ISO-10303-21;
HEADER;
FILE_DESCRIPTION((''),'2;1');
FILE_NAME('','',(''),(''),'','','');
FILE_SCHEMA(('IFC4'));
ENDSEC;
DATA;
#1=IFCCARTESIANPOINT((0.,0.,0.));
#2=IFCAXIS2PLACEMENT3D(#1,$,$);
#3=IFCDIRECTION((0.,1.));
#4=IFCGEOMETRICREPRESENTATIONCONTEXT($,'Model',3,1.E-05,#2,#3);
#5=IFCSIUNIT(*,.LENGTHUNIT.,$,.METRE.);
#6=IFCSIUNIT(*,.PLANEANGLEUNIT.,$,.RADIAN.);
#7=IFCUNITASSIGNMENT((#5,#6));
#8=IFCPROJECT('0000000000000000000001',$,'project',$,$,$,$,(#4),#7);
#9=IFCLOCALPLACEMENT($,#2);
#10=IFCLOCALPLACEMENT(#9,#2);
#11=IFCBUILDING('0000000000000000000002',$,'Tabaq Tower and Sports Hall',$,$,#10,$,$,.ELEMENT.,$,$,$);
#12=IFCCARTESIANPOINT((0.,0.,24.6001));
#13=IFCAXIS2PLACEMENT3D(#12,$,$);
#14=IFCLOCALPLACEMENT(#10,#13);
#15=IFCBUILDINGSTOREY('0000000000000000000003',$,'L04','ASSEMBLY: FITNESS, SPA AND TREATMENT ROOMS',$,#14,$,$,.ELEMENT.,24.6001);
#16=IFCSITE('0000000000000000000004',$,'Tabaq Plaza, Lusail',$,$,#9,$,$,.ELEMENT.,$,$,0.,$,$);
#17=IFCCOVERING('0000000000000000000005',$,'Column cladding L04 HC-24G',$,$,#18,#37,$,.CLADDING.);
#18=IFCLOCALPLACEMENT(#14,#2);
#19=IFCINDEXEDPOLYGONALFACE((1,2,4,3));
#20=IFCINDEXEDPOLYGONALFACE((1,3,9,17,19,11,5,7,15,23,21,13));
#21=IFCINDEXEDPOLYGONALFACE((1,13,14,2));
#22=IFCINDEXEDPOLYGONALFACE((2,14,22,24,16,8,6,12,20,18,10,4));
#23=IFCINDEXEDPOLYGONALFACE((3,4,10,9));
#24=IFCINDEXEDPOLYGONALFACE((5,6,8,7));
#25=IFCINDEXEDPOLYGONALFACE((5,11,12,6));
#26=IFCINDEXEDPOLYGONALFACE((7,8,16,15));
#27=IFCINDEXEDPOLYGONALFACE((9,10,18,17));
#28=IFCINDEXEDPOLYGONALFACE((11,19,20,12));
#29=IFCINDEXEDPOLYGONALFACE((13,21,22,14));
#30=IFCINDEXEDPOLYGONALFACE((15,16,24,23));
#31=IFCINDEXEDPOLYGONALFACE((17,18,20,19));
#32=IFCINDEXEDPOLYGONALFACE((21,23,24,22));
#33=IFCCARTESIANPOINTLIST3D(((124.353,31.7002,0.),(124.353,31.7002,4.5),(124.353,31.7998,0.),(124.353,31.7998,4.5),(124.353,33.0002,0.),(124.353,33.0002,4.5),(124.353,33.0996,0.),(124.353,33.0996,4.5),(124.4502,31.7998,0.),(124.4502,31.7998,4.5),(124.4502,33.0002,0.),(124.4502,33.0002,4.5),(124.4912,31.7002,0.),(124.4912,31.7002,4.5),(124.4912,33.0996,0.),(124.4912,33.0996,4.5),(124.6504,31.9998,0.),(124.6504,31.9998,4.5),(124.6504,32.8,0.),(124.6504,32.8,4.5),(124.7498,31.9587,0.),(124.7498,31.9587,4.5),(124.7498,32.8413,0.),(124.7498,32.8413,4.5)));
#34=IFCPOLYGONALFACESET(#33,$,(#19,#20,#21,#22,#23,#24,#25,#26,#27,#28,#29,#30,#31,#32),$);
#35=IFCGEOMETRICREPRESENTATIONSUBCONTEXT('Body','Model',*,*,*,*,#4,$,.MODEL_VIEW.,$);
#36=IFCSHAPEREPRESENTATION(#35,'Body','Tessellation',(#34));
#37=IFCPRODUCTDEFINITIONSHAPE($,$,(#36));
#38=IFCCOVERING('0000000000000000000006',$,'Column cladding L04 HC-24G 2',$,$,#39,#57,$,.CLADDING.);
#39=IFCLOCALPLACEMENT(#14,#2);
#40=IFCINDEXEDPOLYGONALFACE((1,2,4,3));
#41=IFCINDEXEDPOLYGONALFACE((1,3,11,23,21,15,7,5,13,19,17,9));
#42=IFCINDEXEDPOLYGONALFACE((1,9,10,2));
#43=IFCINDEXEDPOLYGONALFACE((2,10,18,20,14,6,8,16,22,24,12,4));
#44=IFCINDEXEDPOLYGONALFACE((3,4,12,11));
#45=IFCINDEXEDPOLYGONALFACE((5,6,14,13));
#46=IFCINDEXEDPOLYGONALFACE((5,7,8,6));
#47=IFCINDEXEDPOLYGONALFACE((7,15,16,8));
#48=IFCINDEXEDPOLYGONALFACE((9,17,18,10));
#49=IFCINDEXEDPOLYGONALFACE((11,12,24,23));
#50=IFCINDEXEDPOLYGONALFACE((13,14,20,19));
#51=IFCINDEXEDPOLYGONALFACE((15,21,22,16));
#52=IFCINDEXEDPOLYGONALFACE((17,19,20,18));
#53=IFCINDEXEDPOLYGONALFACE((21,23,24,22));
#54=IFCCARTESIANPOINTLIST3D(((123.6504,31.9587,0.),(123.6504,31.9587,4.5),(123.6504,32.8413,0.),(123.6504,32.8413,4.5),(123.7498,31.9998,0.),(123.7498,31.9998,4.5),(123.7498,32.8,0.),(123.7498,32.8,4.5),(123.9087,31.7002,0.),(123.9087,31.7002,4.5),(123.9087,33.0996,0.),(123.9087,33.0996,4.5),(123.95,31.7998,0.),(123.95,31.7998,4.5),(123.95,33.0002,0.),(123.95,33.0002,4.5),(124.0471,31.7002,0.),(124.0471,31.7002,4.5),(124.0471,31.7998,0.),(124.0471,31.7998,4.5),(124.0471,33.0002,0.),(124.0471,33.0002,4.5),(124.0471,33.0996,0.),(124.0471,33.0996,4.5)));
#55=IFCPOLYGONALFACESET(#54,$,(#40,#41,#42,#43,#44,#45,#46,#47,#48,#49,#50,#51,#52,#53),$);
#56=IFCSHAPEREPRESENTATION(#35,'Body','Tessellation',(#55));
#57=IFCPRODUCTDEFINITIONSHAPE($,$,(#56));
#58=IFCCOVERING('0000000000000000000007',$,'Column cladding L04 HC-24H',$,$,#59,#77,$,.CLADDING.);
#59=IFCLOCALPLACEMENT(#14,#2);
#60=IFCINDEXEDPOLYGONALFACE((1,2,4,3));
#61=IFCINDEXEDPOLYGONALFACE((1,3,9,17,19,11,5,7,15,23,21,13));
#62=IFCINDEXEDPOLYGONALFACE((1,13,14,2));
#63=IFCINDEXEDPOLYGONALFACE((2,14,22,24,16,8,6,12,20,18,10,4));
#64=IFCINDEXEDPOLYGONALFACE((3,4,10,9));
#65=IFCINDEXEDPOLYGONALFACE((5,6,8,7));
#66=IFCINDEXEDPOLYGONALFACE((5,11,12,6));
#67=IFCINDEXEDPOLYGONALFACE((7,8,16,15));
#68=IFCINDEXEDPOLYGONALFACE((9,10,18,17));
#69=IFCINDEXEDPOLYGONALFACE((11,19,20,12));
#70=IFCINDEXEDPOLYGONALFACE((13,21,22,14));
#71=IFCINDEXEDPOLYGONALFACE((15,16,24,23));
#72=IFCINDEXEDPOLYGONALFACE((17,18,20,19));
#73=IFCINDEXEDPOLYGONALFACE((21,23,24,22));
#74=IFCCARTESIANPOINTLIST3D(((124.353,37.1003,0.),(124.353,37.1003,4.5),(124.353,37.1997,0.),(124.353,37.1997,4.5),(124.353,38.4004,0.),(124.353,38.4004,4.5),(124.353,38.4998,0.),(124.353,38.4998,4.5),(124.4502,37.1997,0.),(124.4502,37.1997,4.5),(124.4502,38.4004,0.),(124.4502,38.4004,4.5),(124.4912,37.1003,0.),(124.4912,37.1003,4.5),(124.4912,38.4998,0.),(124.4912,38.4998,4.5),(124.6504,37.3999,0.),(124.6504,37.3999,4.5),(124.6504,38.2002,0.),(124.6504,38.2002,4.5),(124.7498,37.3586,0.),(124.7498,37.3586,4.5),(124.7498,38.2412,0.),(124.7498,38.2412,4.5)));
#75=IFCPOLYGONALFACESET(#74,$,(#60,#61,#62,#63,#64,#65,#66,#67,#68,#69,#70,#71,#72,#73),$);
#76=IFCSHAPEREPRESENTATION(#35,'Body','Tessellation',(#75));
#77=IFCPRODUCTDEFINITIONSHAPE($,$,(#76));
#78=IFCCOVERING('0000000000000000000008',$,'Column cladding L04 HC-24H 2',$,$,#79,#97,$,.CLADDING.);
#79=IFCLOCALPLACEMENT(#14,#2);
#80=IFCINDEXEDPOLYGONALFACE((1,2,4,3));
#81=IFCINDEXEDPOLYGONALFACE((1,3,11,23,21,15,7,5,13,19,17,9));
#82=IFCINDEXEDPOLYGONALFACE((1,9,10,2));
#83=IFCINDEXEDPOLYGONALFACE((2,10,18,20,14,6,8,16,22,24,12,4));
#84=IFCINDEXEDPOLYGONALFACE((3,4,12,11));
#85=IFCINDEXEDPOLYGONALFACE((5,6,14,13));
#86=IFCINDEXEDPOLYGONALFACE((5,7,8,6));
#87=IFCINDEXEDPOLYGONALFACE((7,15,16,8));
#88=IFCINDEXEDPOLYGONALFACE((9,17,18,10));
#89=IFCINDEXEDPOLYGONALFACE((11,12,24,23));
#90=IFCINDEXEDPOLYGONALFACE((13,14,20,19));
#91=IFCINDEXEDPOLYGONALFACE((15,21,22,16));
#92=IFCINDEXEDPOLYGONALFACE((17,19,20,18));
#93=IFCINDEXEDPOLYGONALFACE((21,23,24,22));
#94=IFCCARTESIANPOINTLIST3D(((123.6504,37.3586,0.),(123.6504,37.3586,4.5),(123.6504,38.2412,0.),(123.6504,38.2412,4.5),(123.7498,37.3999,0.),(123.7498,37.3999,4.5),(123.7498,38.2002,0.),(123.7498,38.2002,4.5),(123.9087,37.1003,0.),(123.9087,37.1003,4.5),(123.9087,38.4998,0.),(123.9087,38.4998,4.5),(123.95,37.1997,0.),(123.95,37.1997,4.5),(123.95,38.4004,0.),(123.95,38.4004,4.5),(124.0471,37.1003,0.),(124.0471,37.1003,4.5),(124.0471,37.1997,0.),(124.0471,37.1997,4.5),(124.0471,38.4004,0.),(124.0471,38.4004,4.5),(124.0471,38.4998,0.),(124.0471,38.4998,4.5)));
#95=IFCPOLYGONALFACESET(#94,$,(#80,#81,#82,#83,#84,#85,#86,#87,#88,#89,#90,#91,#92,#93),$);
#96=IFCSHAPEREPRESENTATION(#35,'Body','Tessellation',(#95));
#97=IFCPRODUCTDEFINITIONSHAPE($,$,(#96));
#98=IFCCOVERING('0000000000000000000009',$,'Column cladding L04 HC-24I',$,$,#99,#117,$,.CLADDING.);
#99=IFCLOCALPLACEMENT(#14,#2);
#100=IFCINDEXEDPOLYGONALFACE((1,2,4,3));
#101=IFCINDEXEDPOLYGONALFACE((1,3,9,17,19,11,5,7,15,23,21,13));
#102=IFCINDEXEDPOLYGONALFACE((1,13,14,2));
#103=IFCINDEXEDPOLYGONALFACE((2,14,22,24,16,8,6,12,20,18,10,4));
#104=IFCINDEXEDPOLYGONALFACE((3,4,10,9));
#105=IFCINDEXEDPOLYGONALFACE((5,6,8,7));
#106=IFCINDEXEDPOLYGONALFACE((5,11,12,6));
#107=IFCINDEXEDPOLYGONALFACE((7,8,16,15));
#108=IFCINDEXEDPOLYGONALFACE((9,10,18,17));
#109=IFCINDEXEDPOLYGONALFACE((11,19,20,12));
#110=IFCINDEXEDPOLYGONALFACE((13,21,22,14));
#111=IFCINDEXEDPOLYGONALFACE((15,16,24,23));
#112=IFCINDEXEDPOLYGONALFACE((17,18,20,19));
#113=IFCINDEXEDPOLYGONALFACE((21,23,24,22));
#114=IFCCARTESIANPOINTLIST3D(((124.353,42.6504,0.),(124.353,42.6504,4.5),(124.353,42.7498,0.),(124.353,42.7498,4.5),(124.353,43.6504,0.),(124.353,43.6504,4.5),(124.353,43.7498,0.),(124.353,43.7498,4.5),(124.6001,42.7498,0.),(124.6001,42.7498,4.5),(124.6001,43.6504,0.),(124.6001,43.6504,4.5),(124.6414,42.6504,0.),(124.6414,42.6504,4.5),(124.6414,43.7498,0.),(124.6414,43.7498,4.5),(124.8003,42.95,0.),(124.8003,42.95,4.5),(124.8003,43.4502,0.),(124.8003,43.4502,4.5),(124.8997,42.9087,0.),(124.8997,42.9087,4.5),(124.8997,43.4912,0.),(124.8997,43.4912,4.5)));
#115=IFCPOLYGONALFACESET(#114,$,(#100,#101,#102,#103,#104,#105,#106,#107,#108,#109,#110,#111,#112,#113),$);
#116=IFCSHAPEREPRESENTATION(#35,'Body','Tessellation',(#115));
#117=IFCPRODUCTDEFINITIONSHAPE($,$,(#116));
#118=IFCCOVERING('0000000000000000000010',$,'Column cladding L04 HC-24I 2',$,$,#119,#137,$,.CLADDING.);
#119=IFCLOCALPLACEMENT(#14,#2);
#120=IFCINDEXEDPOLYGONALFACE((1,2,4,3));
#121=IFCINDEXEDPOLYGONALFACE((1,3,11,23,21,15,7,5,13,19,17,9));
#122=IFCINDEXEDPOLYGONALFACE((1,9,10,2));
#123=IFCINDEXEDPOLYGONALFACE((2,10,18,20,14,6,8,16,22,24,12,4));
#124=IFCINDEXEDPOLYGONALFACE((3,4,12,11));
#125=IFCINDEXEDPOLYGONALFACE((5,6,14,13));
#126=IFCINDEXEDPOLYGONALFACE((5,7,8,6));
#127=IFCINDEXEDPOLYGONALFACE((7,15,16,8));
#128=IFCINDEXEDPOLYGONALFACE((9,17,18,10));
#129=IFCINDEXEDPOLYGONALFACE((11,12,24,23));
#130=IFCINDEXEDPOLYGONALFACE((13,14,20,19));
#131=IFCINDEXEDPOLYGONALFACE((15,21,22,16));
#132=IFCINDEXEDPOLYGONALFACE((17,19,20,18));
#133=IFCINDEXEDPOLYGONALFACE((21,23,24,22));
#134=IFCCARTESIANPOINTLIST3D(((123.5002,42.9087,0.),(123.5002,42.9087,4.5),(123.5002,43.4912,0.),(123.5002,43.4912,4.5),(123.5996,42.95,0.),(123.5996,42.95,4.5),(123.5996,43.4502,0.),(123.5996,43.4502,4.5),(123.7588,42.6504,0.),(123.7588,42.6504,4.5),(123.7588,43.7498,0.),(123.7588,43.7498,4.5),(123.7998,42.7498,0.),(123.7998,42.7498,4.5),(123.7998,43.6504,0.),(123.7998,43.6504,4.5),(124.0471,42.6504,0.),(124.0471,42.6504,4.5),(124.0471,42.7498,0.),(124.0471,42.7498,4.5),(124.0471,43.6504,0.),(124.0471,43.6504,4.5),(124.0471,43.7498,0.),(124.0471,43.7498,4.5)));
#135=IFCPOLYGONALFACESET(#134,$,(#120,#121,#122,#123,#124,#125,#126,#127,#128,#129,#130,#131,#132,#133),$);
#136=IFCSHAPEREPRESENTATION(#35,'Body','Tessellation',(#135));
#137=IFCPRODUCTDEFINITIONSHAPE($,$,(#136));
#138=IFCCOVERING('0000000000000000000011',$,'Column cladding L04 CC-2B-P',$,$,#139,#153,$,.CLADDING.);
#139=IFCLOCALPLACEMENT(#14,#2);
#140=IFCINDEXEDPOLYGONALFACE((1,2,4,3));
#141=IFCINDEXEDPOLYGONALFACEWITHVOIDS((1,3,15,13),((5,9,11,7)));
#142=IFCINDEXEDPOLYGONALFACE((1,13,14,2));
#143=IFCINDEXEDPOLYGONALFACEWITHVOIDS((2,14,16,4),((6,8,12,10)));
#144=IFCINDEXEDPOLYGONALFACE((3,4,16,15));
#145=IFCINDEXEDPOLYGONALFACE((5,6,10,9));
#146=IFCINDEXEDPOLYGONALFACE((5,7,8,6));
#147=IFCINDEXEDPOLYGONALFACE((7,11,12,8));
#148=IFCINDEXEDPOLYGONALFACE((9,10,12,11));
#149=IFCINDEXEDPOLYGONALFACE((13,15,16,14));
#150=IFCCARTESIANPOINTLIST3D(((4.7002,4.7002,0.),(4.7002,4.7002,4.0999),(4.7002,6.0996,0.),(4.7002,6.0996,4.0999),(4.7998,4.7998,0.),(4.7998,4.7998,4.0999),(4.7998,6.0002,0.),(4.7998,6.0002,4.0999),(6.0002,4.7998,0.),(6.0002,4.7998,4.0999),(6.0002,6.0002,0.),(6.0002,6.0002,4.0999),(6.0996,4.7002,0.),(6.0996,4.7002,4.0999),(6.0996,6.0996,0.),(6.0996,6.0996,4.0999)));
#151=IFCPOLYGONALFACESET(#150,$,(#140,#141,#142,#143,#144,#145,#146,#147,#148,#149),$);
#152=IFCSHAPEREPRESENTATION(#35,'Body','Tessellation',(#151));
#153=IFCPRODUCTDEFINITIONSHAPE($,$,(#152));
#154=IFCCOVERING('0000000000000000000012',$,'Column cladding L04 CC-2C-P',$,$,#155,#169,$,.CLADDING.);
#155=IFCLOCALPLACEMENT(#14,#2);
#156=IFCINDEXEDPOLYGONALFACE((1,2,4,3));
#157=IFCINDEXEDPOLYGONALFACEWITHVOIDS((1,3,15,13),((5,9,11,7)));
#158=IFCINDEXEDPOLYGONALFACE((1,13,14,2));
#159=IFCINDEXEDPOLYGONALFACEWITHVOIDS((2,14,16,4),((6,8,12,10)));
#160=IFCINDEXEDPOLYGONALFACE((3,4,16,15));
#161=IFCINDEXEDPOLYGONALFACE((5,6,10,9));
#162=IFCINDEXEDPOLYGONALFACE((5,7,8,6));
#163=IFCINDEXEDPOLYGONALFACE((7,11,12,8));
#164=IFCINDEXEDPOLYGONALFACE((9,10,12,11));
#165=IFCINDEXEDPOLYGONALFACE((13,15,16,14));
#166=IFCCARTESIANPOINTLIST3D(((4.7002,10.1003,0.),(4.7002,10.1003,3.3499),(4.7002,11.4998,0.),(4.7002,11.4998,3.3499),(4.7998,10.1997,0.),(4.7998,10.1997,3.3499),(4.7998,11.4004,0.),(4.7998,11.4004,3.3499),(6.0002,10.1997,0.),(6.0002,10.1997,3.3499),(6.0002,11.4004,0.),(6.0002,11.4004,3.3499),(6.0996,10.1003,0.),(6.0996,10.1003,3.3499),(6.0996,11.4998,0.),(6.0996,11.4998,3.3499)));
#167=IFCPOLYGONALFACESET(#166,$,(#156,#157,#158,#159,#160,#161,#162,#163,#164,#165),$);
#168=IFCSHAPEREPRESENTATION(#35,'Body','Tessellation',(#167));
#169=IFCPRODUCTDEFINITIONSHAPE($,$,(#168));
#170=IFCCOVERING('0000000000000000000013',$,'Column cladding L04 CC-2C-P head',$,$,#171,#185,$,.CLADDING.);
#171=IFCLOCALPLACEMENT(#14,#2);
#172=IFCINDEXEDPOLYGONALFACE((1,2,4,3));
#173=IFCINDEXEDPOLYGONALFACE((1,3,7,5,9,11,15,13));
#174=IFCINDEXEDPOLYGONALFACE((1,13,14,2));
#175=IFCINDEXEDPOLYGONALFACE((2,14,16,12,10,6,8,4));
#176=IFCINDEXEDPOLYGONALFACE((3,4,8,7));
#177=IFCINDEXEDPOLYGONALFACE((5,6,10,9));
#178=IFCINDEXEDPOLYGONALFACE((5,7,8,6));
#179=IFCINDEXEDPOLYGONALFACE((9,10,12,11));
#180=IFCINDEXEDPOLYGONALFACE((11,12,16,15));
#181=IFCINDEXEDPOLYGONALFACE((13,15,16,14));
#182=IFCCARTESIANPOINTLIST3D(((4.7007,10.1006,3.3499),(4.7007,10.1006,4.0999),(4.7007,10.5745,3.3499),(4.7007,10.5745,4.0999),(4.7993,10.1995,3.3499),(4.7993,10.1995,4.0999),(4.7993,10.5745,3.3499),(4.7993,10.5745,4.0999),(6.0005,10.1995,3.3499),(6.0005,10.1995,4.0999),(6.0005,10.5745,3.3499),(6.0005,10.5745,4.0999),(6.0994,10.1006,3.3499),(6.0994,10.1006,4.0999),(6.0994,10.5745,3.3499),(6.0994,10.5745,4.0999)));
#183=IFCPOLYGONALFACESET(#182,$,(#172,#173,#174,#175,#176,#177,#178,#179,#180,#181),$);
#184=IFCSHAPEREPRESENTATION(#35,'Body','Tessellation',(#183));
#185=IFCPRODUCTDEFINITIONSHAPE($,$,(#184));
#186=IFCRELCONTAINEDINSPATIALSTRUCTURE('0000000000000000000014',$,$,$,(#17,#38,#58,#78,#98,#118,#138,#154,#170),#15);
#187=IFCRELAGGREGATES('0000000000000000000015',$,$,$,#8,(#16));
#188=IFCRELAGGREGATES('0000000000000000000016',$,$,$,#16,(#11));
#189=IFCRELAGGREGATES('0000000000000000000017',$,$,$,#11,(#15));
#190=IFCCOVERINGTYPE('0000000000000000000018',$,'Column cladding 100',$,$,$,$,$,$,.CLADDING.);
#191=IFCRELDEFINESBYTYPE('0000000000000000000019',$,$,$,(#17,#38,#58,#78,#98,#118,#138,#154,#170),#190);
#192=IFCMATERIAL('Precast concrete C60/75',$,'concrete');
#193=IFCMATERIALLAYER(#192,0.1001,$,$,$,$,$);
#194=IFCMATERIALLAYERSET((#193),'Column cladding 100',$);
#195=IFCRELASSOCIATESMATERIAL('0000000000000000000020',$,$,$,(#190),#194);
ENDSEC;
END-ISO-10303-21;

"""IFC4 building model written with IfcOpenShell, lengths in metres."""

from ifc_helpers import new_model, si_unit, direction, frame, origin, place, context, subcontext, project, spatial, polyline, outline, extrude, material, layer, layer_set, type_object, element, save


model = new_model("IFC4")

# Units and contexts
model_context = context("Model", 3, precision=1e-05, world=origin(), true_north=direction((0.0, 1.0)))
body_context = subcontext(model_context, "Body", "Model", "MODEL_VIEW")
ifc_project = project(units=[si_unit("LENGTHUNIT", "METRE"), si_unit("PLANEANGLEUNIT", "RADIAN")], contexts=[model_context])

# Site, building, storey
site_placement = place(None, origin())
site = spatial("IfcSite", under=ifc_project, at=site_placement, Name="Tabaq Plaza, Lusail", CompositionType="ELEMENT", RefElevation=0.0)
building_placement = place(site_placement, origin())
building = spatial("IfcBuilding", under=site, at=building_placement, Name="Tabaq Tower and Sports Hall", CompositionType="ELEMENT")
storey_placement = place(building_placement, frame((0.0, 0.0, 24.6001)))
storey = spatial("IfcBuildingStorey", under=building, at=storey_placement, Name="L04", Description="ASSEMBLY: FITNESS, SPA AND TREATMENT ROOMS", CompositionType="ELEMENT", Elevation=24.6001)

# Coverings
ifc_material = material(Name="Precast concrete C60/75", Category="concrete")
ifc_layer = layer(ifc_material, 0.1001)
ifc_layer_set = layer_set([ifc_layer], Name="Column cladding 100")
covering_type = type_object("IfcCoveringType", Name="Column cladding 100", PredefinedType="CLADDING", material=ifc_layer_set)
covering_1_placement = place(storey_placement, origin())
element("IfcCovering", 1, at=covering_1_placement, inside=storey, type_object=covering_type, Name="Column cladding L04 HC-24G", PredefinedType="CLADDING", context=body_context, shape_type="SweptSolid", body=[
    extrude(outline(polyline([(124.353, 31.7002), (124.353, 31.7998), (124.4502, 31.7998), (124.6504, 31.9998), (124.6504, 32.8), (124.4502, 33.0002), (124.353, 33.0002), (124.353, 33.0996), (124.4912, 33.0996), (124.7498, 32.8413), (124.7498, 31.9587), (124.4912, 31.7002), (124.353, 31.7002)])), origin(), (0.0, 0.0, 1.0), 4.5),
])
covering_2_placement = place(storey_placement, origin())
element("IfcCovering", 2, at=covering_2_placement, inside=storey, type_object=covering_type, Name="Column cladding L04 HC-24G 2", PredefinedType="CLADDING", context=body_context, shape_type="SweptSolid", body=[
    extrude(outline(polyline([(123.9087, 31.7002), (123.6504, 31.9587), (123.6504, 32.8413), (123.9087, 33.0996), (124.0471, 33.0996), (124.0471, 33.0002), (123.95, 33.0002), (123.7498, 32.8), (123.7498, 31.9998), (123.95, 31.7998), (124.0471, 31.7998), (124.0471, 31.7002), (123.9087, 31.7002)])), origin(), (0.0, 0.0, 1.0), 4.5),
])
covering_3_placement = place(storey_placement, origin())
element("IfcCovering", 3, at=covering_3_placement, inside=storey, type_object=covering_type, Name="Column cladding L04 HC-24H", PredefinedType="CLADDING", context=body_context, shape_type="SweptSolid", body=[
    extrude(outline(polyline([(124.353, 37.1003), (124.353, 37.1997), (124.4502, 37.1997), (124.6504, 37.3999), (124.6504, 38.2002), (124.4502, 38.4004), (124.353, 38.4004), (124.353, 38.4998), (124.4912, 38.4998), (124.7498, 38.2412), (124.7498, 37.3586), (124.4912, 37.1003), (124.353, 37.1003)])), origin(), (0.0, 0.0, 1.0), 4.5),
])
covering_4_placement = place(storey_placement, origin())
element("IfcCovering", 4, at=covering_4_placement, inside=storey, type_object=covering_type, Name="Column cladding L04 HC-24H 2", PredefinedType="CLADDING", context=body_context, shape_type="SweptSolid", body=[
    extrude(outline(polyline([(123.9087, 37.1003), (123.6504, 37.3586), (123.6504, 38.2412), (123.9087, 38.4998), (124.0471, 38.4998), (124.0471, 38.4004), (123.95, 38.4004), (123.7498, 38.2002), (123.7498, 37.3999), (123.95, 37.1997), (124.0471, 37.1997), (124.0471, 37.1003), (123.9087, 37.1003)])), origin(), (0.0, 0.0, 1.0), 4.5),
])
covering_5_placement = place(storey_placement, origin())
element("IfcCovering", 5, at=covering_5_placement, inside=storey, type_object=covering_type, Name="Column cladding L04 HC-24I", PredefinedType="CLADDING", context=body_context, shape_type="SweptSolid", body=[
    extrude(outline(polyline([(124.6414, 43.7498), (124.8997, 43.4912), (124.8997, 42.9087), (124.6414, 42.6504), (124.353, 42.6504), (124.353, 42.7498), (124.6001, 42.7498), (124.8003, 42.95), (124.8003, 43.4502), (124.6001, 43.6504), (124.353, 43.6504), (124.353, 43.7498), (124.6414, 43.7498)])), origin(), (0.0, 0.0, 1.0), 4.5),
])
covering_6_placement = place(storey_placement, origin())
element("IfcCovering", 6, at=covering_6_placement, inside=storey, type_object=covering_type, Name="Column cladding L04 HC-24I 2", PredefinedType="CLADDING", context=body_context, shape_type="SweptSolid", body=[
    extrude(outline(polyline([(123.5002, 43.4912), (123.7588, 43.7498), (124.0471, 43.7498), (124.0471, 43.6504), (123.7998, 43.6504), (123.5996, 43.4502), (123.5996, 42.95), (123.7998, 42.7498), (124.0471, 42.7498), (124.0471, 42.6504), (123.7588, 42.6504), (123.5002, 42.9087), (123.5002, 43.4912)])), origin(), (0.0, 0.0, 1.0), 4.5),
])
covering_7_placement = place(storey_placement, origin())
element("IfcCovering", 7, at=covering_7_placement, inside=storey, type_object=covering_type, Name="Column cladding L04 CC-2B-P", PredefinedType="CLADDING", context=body_context, shape_type="SweptSolid", body=[
    extrude(outline(polyline([(4.7002, 6.0996), (6.0996, 6.0996), (6.0996, 4.7002), (4.7002, 4.7002), (4.7002, 6.0996)]), holes=[polyline([(6.0002, 4.7998), (6.0002, 6.0002), (4.7998, 6.0002), (4.7998, 4.7998), (6.0002, 4.7998)])]), origin(), (0.0, 0.0, 1.0), 4.0999),
])
covering_8_placement = place(storey_placement, origin())
element("IfcCovering", 8, at=covering_8_placement, inside=storey, type_object=covering_type, Name="Column cladding L04 CC-2C-P", PredefinedType="CLADDING", context=body_context, shape_type="SweptSolid", body=[
    extrude(outline(polyline([(4.7002, 11.4998), (6.0996, 11.4998), (6.0996, 10.1003), (4.7002, 10.1003), (4.7002, 11.4998)]), holes=[polyline([(6.0002, 10.1997), (6.0002, 11.4004), (4.7998, 11.4004), (4.7998, 10.1997), (6.0002, 10.1997)])]), origin(), (0.0, 0.0, 1.0), 3.3499),
])
covering_9_placement = place(storey_placement, frame((0.0, 0.0, 3.3499)))
element("IfcCovering", 9, at=covering_9_placement, inside=storey, type_object=covering_type, Name="Column cladding L04 CC-2C-P head", PredefinedType="CLADDING", context=body_context, shape_type="SweptSolid", body=[
    extrude(outline(polyline([(4.7993, 10.5745), (4.7993, 10.1995), (6.0005, 10.1995), (6.0005, 10.5745), (6.0994, 10.5745), (6.0994, 10.1006), (4.7007, 10.1006), (4.7007, 10.5745), (4.7993, 10.5745)])), origin(), (0.0, 0.0, 1.0), 0.75),
])

save(model, "model.ifc")
